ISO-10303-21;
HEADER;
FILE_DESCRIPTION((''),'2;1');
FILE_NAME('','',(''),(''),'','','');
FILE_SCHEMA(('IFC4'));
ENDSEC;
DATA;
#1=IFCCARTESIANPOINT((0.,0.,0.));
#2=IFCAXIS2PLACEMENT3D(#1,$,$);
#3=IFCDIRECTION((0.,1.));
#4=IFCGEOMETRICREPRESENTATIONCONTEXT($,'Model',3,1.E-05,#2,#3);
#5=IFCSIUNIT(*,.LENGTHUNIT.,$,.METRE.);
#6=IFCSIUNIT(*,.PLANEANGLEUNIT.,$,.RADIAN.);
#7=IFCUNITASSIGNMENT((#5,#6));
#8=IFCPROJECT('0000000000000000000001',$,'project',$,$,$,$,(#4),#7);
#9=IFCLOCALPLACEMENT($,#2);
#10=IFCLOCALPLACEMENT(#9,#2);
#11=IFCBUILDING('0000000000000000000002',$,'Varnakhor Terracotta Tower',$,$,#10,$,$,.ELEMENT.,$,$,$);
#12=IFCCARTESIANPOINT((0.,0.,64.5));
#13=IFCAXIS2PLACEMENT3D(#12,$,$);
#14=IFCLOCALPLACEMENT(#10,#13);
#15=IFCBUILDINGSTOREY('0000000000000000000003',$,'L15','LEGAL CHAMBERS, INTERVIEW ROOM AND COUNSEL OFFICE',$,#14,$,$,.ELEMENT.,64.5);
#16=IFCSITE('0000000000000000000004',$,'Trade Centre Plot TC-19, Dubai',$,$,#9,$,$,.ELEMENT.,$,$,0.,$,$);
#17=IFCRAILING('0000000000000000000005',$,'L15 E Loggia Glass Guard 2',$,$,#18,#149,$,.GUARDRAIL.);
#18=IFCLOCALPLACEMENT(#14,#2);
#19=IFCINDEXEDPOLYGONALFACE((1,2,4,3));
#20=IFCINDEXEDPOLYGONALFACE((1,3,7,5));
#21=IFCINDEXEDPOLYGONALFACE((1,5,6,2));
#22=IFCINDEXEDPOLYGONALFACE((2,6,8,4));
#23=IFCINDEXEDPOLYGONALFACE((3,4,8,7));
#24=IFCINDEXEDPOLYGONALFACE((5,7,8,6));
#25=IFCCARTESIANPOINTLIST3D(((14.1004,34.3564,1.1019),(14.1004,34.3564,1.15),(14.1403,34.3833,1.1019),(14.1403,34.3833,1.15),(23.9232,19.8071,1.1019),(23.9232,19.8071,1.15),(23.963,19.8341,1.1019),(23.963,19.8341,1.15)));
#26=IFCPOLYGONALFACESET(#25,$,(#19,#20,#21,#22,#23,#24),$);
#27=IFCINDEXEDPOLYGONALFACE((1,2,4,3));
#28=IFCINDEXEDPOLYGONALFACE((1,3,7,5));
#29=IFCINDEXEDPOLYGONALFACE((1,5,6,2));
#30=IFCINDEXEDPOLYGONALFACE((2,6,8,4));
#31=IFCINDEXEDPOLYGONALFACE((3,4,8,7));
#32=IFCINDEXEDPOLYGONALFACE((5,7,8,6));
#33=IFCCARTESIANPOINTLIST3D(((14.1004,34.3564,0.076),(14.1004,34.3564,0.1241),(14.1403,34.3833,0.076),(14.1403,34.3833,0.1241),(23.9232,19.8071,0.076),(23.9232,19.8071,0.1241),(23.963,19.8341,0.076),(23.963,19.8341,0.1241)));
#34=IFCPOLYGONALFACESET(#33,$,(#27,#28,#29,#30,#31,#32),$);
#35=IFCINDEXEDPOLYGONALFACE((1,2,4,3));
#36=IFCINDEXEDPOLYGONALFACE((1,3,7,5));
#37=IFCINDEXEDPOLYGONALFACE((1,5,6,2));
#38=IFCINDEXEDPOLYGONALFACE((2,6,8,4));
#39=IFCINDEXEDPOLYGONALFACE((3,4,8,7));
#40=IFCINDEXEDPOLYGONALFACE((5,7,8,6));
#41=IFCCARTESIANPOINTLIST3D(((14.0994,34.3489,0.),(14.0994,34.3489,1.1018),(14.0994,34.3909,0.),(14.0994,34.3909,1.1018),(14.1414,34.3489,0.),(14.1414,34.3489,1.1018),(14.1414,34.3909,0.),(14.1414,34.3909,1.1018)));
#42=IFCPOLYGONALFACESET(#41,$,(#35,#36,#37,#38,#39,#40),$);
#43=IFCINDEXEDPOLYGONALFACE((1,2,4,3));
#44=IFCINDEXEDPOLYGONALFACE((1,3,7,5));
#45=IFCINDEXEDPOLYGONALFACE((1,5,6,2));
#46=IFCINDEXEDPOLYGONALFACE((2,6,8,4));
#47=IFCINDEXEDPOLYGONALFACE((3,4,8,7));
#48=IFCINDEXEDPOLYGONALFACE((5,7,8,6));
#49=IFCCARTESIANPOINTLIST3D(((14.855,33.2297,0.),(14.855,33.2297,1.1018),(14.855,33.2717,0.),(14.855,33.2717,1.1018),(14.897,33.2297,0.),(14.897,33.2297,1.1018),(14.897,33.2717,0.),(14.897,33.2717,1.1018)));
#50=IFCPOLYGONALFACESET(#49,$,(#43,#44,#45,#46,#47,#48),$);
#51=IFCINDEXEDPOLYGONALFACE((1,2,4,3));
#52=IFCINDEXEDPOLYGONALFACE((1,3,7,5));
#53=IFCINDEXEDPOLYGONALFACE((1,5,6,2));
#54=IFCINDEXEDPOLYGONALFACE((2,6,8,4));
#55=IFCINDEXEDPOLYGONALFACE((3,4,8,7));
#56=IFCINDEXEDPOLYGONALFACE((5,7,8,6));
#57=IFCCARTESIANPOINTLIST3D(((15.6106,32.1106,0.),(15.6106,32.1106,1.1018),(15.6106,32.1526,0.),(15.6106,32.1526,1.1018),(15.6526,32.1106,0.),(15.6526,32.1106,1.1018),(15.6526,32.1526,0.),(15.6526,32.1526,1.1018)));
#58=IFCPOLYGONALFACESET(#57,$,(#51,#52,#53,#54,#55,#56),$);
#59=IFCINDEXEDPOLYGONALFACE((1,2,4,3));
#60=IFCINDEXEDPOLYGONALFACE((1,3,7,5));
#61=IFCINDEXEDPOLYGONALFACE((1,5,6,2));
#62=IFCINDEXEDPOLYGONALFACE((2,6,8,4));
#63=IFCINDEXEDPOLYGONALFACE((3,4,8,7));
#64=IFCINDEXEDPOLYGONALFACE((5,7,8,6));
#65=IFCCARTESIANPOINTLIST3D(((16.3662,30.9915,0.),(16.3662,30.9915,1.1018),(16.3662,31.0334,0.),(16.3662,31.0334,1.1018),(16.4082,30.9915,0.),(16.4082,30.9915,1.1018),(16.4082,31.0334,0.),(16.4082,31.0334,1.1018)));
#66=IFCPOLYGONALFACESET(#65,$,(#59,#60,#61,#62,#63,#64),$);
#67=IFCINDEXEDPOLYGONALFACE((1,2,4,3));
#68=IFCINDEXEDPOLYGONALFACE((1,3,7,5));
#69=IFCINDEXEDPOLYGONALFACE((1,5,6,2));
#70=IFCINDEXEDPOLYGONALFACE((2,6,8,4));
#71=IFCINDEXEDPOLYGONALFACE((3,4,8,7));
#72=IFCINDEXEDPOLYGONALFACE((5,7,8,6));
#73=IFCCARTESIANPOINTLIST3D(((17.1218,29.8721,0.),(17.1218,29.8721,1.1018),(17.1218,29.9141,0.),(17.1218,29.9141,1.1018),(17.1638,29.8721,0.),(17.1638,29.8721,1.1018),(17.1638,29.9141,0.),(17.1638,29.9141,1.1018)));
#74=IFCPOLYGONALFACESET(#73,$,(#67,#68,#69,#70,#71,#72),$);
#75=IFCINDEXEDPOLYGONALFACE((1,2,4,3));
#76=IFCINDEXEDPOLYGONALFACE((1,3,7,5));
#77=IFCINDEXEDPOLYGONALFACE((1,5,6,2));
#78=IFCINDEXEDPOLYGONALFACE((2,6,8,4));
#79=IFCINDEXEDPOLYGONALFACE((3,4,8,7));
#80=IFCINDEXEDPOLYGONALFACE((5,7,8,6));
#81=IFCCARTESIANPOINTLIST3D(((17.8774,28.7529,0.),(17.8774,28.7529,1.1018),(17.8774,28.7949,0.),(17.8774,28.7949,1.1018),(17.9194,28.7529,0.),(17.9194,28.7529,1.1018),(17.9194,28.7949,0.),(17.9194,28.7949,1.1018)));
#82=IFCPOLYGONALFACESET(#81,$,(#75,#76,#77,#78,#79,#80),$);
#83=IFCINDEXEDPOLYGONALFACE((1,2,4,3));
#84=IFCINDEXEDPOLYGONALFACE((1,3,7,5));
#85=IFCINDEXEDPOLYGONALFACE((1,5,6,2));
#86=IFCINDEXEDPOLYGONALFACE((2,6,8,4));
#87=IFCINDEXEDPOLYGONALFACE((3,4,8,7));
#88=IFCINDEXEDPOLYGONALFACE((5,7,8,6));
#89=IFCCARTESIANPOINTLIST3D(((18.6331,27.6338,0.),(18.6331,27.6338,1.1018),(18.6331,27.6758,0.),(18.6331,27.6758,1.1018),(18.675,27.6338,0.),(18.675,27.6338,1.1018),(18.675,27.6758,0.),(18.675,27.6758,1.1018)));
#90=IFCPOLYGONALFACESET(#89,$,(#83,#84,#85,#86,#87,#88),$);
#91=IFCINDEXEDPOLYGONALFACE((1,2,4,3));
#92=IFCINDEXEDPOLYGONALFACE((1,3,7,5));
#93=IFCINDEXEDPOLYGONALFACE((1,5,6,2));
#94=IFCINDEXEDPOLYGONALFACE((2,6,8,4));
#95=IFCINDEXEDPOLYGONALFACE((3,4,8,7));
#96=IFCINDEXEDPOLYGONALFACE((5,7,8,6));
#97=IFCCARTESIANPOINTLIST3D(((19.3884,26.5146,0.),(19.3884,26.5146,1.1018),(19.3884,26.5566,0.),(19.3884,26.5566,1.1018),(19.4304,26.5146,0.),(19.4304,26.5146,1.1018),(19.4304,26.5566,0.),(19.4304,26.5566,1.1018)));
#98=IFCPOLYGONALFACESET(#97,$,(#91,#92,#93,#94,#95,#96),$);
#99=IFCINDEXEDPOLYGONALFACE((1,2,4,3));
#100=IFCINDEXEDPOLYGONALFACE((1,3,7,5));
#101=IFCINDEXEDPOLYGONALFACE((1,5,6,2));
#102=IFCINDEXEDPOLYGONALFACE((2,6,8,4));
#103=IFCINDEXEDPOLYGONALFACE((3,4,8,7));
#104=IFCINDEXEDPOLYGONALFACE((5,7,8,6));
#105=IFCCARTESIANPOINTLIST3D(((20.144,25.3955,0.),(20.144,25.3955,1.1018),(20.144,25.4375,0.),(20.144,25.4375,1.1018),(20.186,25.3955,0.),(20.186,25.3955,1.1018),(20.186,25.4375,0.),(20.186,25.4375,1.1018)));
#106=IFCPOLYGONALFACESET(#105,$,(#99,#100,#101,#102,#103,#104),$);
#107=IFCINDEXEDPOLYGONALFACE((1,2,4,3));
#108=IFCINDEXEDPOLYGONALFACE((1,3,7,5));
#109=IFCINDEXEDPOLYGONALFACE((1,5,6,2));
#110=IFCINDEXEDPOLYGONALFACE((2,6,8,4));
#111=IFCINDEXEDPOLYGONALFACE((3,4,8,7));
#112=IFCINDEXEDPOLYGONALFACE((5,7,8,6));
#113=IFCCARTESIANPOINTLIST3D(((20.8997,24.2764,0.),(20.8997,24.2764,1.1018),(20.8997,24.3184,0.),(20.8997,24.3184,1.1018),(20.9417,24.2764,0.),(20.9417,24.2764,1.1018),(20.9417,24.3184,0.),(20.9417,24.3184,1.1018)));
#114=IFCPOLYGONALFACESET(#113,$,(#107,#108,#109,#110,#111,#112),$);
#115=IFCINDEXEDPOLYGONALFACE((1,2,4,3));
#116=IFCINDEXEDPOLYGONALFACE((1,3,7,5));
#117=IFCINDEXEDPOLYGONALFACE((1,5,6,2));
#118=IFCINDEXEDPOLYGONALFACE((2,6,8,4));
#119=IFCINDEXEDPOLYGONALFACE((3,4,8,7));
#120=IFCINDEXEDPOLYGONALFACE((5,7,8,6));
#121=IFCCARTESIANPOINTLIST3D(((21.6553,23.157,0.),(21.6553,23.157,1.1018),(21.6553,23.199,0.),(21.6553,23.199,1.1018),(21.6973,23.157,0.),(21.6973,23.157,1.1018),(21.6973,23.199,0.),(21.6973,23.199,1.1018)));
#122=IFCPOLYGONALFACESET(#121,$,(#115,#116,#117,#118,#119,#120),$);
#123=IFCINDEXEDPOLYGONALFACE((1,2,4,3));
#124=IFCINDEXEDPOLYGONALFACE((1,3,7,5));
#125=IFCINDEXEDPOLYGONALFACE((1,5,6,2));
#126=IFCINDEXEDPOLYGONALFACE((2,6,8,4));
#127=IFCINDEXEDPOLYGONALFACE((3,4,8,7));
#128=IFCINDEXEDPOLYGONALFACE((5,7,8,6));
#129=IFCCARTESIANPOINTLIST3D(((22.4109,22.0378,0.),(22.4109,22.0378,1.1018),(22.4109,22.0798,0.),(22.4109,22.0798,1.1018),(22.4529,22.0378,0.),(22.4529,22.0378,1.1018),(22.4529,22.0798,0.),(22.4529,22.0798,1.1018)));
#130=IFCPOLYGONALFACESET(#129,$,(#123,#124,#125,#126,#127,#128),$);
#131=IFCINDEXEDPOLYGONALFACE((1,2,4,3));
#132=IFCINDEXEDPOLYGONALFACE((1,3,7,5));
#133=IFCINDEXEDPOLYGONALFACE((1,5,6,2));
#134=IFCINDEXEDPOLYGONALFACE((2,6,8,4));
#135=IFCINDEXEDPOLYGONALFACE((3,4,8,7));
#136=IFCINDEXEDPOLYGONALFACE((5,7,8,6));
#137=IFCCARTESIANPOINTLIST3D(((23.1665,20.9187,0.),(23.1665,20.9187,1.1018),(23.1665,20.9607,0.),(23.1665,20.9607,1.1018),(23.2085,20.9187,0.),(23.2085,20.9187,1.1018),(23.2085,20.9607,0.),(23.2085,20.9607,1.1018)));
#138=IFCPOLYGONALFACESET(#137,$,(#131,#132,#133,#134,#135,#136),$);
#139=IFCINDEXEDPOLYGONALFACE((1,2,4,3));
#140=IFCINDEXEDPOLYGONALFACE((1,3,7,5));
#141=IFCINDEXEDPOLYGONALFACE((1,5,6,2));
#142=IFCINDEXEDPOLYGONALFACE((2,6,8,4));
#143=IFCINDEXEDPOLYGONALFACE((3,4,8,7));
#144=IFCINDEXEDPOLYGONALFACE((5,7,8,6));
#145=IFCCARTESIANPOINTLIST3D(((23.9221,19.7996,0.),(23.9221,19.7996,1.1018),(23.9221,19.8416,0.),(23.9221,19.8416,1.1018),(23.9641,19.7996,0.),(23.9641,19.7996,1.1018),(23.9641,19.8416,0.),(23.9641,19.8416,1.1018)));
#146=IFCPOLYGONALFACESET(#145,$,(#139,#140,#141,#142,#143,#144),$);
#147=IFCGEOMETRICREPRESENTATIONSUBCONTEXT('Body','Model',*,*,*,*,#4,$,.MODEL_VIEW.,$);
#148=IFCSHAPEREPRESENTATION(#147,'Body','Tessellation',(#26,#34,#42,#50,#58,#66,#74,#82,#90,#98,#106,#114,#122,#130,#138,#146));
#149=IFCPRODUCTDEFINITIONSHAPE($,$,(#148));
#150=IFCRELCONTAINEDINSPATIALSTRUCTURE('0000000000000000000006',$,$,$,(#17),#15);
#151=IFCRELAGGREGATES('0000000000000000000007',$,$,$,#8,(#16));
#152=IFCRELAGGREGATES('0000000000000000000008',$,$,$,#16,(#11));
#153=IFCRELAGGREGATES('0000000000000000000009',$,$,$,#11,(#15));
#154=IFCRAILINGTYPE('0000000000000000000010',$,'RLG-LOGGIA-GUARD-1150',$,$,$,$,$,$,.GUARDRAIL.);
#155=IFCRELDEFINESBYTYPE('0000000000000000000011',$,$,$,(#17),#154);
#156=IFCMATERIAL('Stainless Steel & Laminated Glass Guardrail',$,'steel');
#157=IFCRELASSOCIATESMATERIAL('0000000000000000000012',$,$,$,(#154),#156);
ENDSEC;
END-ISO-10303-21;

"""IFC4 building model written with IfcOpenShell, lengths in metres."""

from ifc_helpers import new_model, si_unit, direction, frame, origin, origin_2d, place, context, subcontext, project, spatial, rectangle, extrude, material, type_object, element, save


model = new_model("IFC4")

# Units and contexts
model_context = context("Model", 3, precision=1e-05, world=origin(), true_north=direction((0.0, 1.0)))
body_context = subcontext(model_context, "Body", "Model", "MODEL_VIEW")
ifc_project = project(units=[si_unit("LENGTHUNIT", "METRE"), si_unit("PLANEANGLEUNIT", "RADIAN")], contexts=[model_context])

# Site, building, storey
site_placement = place(None, origin())
site = spatial("IfcSite", under=ifc_project, at=site_placement, Name="Trade Centre Plot TC-19, Dubai", CompositionType="ELEMENT", RefElevation=0.0)
building_placement = place(site_placement, origin())
building = spatial("IfcBuilding", under=site, at=building_placement, Name="Varnakhor Terracotta Tower", CompositionType="ELEMENT")
storey_placement = place(building_placement, frame((0.0, 0.0, 64.5)))
storey = spatial("IfcBuildingStorey", under=building, at=storey_placement, Name="L15", Description="LEGAL CHAMBERS, INTERVIEW ROOM AND COUNSEL OFFICE", CompositionType="ELEMENT", Elevation=64.5)

# Railing
ifc_material_1 = material(Name="Stainless Steel & Laminated Glass Guardrail", Category="steel")
railing_type = type_object("IfcRailingType", Name="RLG-LOGGIA-GUARD-1150", PredefinedType="GUARDRAIL", material=ifc_material_1)
railing_1_placement = place(storey_placement, frame((14.1204, 34.3699, 0.0)))
element("IfcRailing", 1, at=railing_1_placement, inside=storey, type_object=railing_type, Name="L15 E Loggia Glass Guard 2", PredefinedType="GUARDRAIL", context=body_context, shape_type="SweptSolid", body=[
    extrude(rectangle(XDim=0.0481, YDim=0.0481, at=origin_2d()), frame((0.0, 0.0, 1.126), z_axis=(0.55955, -0.828797, 0.0), x_axis=(0.828797, 0.55955, 0.0)), (0.0, 0.0, 1.0), 17.5547),
    extrude(rectangle(XDim=0.0481, YDim=0.0481, at=origin_2d()), frame((0.0, 0.0, 0.1001), z_axis=(0.55955, -0.828797, 0.0), x_axis=(0.828797, 0.55955, 0.0)), (0.0, 0.0, 1.0), 17.5547),
    extrude(rectangle(XDim=0.042, YDim=0.042, at=origin_2d()), origin(), (0.0, 0.0, 1.0), 1.1018),
    extrude(rectangle(XDim=0.042, YDim=0.042, at=origin_2d()), frame((0.7556, -1.1191, 0.0)), (0.0, 0.0, 1.0), 1.1018),
    extrude(rectangle(XDim=0.042, YDim=0.042, at=origin_2d()), frame((1.5112, -2.2383, 0.0)), (0.0, 0.0, 1.0), 1.1018),
    extrude(rectangle(XDim=0.042, YDim=0.042, at=origin_2d()), frame((2.2668, -3.3574, 0.0)), (0.0, 0.0, 1.0), 1.1018),
    extrude(rectangle(XDim=0.042, YDim=0.042, at=origin_2d()), frame((3.0225, -4.4768, 0.0)), (0.0, 0.0, 1.0), 1.1018),
    extrude(rectangle(XDim=0.042, YDim=0.042, at=origin_2d()), frame((3.7781, -5.5959, 0.0)), (0.0, 0.0, 1.0), 1.1018),
    extrude(rectangle(XDim=0.042, YDim=0.042, at=origin_2d()), frame((4.5337, -6.7151, 0.0)), (0.0, 0.0, 1.0), 1.1018),
    extrude(rectangle(XDim=0.042, YDim=0.042, at=origin_2d()), frame((5.2891, -7.8342, 0.0)), (0.0, 0.0, 1.0), 1.1018),
    extrude(rectangle(XDim=0.042, YDim=0.042, at=origin_2d()), frame((6.0447, -8.9534, 0.0)), (0.0, 0.0, 1.0), 1.1018),
    extrude(rectangle(XDim=0.042, YDim=0.042, at=origin_2d()), frame((6.8003, -10.0725, 0.0)), (0.0, 0.0, 1.0), 1.1018),
    extrude(rectangle(XDim=0.042, YDim=0.042, at=origin_2d()), frame((7.5559, -11.1919, 0.0)), (0.0, 0.0, 1.0), 1.1018),
    extrude(rectangle(XDim=0.042, YDim=0.042, at=origin_2d()), frame((8.3115, -12.311, 0.0)), (0.0, 0.0, 1.0), 1.1018),
    extrude(rectangle(XDim=0.042, YDim=0.042, at=origin_2d()), frame((9.0671, -13.4302, 0.0)), (0.0, 0.0, 1.0), 1.1018),
    extrude(rectangle(XDim=0.042, YDim=0.042, at=origin_2d()), frame((9.8228, -14.5493, 0.0)), (0.0, 0.0, 1.0), 1.1018),
])

save(model, "model.ifc")
